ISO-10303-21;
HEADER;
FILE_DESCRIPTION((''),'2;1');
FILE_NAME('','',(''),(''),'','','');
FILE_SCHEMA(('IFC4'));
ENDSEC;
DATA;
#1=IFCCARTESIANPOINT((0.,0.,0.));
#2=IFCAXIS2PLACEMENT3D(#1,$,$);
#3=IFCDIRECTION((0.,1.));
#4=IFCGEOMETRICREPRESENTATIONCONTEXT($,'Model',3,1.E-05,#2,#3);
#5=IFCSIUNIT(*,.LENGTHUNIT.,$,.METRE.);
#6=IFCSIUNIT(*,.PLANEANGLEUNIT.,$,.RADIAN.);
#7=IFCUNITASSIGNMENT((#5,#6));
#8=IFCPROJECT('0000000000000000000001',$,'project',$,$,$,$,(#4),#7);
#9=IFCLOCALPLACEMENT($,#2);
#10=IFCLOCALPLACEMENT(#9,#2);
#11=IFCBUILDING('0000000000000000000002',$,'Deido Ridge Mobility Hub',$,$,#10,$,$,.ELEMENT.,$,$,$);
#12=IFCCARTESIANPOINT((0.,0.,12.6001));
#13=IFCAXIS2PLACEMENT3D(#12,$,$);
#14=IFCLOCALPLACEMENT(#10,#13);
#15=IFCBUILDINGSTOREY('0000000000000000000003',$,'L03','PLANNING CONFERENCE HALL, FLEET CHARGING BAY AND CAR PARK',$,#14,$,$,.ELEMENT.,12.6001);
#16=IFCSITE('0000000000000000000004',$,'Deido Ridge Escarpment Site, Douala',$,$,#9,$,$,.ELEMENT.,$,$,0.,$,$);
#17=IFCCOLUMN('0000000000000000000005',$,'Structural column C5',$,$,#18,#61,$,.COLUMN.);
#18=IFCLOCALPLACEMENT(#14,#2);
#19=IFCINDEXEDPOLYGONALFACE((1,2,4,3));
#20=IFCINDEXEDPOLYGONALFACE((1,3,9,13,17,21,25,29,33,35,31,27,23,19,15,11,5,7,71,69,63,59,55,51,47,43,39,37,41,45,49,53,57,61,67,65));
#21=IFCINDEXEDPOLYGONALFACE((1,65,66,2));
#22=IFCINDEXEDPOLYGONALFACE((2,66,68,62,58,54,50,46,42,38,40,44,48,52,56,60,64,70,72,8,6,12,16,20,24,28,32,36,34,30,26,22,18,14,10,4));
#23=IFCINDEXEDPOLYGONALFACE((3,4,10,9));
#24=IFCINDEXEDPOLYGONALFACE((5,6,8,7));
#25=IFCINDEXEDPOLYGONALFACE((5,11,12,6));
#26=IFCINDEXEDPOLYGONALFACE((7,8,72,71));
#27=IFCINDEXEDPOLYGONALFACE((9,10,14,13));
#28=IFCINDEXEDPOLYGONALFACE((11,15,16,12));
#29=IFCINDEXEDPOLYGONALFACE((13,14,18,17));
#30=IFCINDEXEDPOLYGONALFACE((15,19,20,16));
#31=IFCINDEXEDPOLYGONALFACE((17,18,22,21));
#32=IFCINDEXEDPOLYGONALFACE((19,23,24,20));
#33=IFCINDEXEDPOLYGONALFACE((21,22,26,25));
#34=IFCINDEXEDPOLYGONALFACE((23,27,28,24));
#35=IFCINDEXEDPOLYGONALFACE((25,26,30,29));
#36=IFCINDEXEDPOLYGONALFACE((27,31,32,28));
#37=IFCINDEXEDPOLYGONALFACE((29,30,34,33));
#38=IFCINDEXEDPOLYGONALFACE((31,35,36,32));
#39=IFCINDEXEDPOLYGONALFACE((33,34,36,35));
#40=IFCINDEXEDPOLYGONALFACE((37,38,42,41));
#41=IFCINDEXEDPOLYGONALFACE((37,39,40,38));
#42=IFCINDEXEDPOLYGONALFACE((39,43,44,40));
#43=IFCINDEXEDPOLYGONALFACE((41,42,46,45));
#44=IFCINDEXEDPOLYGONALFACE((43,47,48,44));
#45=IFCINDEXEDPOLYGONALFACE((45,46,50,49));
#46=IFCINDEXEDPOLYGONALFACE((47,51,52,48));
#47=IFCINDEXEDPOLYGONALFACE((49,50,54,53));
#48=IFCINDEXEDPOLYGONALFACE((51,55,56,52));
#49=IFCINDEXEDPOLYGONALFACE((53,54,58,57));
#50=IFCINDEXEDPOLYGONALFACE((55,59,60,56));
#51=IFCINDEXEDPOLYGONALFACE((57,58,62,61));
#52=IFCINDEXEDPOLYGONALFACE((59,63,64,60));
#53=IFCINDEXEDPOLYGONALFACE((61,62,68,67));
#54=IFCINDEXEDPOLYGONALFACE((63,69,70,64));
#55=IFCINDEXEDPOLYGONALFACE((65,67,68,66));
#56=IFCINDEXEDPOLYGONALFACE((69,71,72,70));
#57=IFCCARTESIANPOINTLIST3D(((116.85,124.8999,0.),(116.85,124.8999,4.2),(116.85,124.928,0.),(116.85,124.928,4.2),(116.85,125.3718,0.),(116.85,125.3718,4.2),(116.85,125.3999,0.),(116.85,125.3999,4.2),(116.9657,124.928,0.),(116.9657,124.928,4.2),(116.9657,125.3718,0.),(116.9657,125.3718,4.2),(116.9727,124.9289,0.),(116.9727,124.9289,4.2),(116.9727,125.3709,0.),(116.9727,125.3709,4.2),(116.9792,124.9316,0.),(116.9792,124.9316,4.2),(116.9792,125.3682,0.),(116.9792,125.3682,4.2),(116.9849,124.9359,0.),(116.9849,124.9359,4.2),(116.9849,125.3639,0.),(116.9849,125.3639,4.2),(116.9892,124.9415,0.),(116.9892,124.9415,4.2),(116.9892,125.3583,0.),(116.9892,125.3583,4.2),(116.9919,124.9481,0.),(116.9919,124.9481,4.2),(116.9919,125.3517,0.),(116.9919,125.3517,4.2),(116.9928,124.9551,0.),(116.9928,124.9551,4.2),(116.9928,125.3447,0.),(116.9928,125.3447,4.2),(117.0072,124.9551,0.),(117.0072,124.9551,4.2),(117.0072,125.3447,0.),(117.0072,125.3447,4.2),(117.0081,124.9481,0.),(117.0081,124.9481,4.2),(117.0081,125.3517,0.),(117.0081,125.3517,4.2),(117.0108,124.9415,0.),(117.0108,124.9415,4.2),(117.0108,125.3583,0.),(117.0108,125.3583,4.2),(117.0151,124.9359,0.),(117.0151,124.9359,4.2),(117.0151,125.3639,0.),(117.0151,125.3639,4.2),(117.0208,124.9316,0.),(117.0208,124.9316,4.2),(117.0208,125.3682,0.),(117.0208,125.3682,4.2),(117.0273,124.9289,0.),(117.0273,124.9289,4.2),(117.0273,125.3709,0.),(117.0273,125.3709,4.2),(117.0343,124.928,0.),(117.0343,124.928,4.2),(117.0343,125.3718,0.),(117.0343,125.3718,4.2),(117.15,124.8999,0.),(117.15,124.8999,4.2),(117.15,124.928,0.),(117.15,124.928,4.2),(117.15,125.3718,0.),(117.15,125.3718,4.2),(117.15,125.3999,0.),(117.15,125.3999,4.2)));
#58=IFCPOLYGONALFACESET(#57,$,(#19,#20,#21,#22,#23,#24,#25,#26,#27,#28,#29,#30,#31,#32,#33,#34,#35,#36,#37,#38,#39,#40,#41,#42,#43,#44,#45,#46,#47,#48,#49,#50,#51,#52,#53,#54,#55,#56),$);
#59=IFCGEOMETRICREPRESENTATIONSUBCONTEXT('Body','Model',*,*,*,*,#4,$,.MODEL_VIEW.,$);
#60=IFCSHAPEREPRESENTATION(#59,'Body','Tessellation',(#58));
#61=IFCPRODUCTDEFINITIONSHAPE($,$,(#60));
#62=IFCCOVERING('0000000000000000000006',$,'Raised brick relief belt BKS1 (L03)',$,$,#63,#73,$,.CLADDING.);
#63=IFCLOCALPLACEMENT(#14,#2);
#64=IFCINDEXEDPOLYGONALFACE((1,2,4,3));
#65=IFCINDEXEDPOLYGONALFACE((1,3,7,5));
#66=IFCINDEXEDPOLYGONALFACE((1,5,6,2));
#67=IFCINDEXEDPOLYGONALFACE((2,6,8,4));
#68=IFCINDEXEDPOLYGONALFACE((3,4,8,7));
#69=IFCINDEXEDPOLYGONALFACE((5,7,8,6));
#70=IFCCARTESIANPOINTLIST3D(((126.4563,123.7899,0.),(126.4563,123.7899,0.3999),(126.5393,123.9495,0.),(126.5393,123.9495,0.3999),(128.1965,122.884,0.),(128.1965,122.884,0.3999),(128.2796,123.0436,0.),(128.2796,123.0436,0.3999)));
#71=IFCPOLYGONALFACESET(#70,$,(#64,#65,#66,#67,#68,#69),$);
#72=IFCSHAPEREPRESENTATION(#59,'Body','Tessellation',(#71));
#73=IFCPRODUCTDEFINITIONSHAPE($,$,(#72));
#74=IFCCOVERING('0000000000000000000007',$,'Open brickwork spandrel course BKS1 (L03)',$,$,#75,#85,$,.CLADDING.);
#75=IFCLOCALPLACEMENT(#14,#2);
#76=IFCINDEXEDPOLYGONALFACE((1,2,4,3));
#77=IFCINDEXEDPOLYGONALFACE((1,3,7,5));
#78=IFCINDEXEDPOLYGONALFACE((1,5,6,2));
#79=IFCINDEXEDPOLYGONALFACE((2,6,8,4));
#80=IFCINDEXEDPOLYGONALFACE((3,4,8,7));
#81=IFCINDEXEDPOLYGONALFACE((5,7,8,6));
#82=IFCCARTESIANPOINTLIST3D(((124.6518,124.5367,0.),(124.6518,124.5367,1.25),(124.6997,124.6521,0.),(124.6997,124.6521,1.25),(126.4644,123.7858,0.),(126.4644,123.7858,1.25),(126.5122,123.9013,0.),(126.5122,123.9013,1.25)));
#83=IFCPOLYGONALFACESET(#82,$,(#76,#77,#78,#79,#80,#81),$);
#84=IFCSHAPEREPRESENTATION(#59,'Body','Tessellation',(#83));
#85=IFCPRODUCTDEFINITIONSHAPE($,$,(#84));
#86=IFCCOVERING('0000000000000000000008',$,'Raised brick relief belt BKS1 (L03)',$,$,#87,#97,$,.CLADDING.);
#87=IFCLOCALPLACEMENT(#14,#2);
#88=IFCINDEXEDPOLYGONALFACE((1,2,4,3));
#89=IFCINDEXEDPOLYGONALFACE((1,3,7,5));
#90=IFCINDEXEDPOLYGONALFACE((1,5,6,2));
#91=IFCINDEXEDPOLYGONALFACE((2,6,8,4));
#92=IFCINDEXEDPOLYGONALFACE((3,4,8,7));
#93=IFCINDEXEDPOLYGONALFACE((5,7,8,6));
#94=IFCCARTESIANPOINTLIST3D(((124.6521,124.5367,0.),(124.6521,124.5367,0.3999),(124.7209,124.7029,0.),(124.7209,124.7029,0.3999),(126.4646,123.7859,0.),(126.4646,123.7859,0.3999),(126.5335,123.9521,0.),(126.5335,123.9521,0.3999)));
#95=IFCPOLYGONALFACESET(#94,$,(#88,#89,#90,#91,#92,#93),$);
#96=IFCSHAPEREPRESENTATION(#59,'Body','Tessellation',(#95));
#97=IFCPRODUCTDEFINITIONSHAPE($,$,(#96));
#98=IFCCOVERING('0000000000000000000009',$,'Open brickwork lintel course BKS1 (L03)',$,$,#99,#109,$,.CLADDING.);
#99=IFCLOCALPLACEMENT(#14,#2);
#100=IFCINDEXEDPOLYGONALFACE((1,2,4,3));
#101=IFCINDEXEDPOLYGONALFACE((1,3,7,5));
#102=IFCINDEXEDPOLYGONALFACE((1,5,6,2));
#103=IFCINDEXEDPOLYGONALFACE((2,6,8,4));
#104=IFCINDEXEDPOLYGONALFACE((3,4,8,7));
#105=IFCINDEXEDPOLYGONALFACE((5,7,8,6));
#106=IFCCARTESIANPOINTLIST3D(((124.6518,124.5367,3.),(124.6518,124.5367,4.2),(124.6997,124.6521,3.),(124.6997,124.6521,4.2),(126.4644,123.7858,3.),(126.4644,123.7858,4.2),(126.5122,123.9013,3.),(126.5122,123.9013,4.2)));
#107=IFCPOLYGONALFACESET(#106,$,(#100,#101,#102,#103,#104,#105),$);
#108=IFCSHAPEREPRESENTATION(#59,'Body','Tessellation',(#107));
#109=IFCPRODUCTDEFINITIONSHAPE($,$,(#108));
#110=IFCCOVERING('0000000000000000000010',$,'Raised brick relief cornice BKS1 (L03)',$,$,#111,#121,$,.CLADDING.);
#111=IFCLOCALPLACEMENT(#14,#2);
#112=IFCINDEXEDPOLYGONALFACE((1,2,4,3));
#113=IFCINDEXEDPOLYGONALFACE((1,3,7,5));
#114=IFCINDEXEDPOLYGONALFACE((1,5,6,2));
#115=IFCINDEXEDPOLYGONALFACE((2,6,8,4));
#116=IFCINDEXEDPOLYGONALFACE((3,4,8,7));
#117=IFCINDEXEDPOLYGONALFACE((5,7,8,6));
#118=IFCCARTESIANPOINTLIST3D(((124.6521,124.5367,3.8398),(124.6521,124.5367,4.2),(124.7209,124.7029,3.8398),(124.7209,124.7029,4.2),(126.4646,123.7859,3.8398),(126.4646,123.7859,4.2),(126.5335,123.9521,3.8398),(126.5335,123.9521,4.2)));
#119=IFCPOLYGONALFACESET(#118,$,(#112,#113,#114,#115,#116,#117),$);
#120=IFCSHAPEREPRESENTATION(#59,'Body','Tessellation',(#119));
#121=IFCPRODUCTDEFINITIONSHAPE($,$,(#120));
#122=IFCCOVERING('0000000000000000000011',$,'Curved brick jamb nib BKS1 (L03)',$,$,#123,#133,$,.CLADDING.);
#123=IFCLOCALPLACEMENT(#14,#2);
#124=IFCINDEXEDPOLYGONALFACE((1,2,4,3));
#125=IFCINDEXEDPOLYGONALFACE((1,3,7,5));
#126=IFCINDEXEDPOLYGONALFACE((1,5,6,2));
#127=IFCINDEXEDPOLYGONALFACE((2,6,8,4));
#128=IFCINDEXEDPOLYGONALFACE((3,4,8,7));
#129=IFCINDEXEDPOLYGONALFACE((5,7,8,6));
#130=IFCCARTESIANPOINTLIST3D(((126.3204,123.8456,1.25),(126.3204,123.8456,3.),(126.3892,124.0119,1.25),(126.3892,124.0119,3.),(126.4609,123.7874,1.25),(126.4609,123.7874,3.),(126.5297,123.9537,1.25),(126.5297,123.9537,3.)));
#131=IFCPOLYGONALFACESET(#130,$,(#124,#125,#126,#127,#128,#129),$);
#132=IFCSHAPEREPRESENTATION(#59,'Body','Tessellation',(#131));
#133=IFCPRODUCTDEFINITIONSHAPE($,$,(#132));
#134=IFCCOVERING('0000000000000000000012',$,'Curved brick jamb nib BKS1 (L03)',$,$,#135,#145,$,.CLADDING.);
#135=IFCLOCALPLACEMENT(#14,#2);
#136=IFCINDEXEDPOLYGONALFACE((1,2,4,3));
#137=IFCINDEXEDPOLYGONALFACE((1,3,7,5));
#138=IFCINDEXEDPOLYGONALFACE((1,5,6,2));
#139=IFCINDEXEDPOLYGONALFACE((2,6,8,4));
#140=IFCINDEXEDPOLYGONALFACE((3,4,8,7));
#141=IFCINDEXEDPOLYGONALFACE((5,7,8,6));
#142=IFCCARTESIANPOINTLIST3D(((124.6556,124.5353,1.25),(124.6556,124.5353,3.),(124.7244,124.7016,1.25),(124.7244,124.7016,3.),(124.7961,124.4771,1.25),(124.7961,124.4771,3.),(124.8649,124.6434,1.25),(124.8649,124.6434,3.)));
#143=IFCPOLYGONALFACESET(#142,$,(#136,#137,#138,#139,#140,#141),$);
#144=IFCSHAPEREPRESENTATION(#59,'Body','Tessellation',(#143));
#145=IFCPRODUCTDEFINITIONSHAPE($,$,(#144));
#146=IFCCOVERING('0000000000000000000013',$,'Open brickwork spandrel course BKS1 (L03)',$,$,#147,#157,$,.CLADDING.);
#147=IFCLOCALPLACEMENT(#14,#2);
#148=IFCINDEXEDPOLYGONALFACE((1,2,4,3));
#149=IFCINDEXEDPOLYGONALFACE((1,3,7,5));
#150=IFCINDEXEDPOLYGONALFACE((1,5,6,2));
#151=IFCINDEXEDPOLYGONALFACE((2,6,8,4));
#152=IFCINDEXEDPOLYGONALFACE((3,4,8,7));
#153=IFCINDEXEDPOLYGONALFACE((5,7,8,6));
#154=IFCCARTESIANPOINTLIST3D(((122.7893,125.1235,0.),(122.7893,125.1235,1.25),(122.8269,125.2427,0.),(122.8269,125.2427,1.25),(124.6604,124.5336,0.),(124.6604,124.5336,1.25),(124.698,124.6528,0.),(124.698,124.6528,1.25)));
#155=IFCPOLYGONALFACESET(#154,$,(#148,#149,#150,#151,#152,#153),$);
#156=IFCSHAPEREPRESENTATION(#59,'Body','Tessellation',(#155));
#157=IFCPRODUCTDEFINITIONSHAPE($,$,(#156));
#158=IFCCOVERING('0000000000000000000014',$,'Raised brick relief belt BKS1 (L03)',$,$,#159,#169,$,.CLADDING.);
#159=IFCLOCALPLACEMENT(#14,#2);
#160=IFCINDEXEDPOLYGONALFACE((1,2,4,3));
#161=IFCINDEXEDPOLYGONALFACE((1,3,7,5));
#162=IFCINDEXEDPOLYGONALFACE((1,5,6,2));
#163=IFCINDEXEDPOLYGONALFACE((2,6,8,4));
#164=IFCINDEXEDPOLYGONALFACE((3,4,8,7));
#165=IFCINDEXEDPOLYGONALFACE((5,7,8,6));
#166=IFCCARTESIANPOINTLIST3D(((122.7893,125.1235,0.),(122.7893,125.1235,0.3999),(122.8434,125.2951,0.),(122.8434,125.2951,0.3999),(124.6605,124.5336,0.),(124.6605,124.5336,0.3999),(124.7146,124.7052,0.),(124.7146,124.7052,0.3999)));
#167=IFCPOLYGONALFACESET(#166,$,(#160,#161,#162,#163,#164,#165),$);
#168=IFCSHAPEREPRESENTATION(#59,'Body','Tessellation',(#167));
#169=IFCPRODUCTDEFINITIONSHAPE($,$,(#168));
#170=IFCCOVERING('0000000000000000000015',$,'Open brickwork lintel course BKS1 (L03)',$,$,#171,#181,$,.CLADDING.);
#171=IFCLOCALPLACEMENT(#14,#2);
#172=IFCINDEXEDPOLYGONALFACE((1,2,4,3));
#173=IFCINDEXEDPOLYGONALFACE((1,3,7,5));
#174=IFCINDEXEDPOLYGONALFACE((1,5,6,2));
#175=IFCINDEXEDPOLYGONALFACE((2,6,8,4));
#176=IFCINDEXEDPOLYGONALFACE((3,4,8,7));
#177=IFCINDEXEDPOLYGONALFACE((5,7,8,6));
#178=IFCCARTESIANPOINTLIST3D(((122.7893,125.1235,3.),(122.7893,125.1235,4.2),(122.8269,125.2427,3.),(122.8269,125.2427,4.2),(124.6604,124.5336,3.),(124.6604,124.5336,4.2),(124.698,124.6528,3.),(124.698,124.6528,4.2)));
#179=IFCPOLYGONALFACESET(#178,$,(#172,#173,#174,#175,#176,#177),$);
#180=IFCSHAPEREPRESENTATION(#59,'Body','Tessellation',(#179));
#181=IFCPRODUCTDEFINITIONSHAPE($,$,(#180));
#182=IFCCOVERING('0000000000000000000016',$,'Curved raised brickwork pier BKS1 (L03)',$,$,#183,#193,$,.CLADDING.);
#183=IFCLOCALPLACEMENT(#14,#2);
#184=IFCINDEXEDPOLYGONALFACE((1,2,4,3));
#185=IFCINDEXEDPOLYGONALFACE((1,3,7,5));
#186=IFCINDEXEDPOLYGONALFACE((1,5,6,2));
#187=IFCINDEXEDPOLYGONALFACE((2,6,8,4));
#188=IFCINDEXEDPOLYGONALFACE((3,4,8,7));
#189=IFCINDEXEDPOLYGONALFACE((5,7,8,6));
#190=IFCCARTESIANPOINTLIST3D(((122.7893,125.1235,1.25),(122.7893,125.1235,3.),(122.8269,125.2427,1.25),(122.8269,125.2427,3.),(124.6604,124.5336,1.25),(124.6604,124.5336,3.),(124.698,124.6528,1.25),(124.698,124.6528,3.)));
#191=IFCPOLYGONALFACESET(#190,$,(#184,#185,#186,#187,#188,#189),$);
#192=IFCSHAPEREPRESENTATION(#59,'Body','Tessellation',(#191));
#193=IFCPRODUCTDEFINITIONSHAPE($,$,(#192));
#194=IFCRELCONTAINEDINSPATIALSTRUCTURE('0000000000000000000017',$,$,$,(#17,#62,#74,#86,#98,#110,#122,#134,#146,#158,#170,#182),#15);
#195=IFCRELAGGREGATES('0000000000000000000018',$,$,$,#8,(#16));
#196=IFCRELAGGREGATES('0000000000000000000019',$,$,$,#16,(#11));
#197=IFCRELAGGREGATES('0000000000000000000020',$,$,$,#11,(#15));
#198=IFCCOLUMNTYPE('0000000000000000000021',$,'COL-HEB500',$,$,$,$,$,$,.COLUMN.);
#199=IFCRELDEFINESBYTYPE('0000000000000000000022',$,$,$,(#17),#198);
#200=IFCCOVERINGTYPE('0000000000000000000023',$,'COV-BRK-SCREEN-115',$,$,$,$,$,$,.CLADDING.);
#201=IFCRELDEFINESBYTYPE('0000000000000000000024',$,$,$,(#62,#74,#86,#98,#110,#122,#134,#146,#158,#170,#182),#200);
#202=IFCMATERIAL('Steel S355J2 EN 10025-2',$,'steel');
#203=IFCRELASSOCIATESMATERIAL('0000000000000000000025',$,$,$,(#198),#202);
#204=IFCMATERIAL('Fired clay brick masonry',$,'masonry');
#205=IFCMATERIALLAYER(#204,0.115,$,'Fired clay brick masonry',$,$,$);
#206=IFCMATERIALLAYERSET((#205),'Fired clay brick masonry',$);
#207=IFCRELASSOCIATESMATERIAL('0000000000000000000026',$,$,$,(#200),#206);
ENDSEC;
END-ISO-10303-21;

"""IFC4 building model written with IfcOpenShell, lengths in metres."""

from ifc_helpers import new_model, si_unit, direction, frame, origin, origin_2d, place, context, subcontext, project, spatial, rectangle, i_section, extrude, material, layer, layer_set, material_profile, profile_set, type_object, element, save


model = new_model("IFC4")

# Units and contexts
model_context = context("Model", 3, precision=1e-05, world=origin(), true_north=direction((0.0, 1.0)))
body_context = subcontext(model_context, "Body", "Model", "MODEL_VIEW")
ifc_project = project(units=[si_unit("LENGTHUNIT", "METRE"), si_unit("PLANEANGLEUNIT", "RADIAN")], contexts=[model_context])

# Site, building, storey
site_placement = place(None, origin())
site = spatial("IfcSite", under=ifc_project, at=site_placement, Name="Deido Ridge Escarpment Site, Douala", CompositionType="ELEMENT", RefElevation=0.0)
building_placement = place(site_placement, origin())
building = spatial("IfcBuilding", under=site, at=building_placement, Name="Deido Ridge Mobility Hub", CompositionType="ELEMENT")
storey_placement = place(building_placement, frame((0.0, 0.0, 12.6001)))
storey = spatial("IfcBuildingStorey", under=building, at=storey_placement, Name="L03", Description="PLANNING CONFERENCE HALL, FLEET CHARGING BAY AND CAR PARK", CompositionType="ELEMENT", Elevation=12.6001)

# Column
ifc_material_1 = material(Name="Steel S355J2 EN 10025-2", Category="steel")
ifc_material_profile = material_profile(ifc_material_1, i_section(OverallWidth=0.3, OverallDepth=0.5, WebThickness=0.0144, FlangeThickness=0.0281, FilletRadius=0.0271, at=origin_2d()), Name="HEB 500")
ifc_profile_set = profile_set([ifc_material_profile], Name="Steel S355J2 EN 10025-2")
column_type = type_object("IfcColumnType", Name="COL-HEB500", PredefinedType="COLUMN", material=ifc_profile_set)
column_placement = place(storey_placement, frame((117.0, 125.1499, 0.0), z_axis=(0.0, 0.0, 1.0), x_axis=(1.0, 0.0, 0.0)))
element("IfcColumn", 1, at=column_placement, inside=storey, type_object=column_type, Name="Structural column C5", PredefinedType="COLUMN", context=body_context, shape_type="SweptSolid", body=[
    extrude(i_section(OverallWidth=0.3, OverallDepth=0.5, WebThickness=0.0144, FlangeThickness=0.0281, FilletRadius=0.0271, at=origin_2d()), origin(), (0.0, 0.0, 1.0), 4.2),
])

# Coverings
ifc_material_2 = material(Name="Fired clay brick masonry", Category="masonry")
ifc_layer = layer(ifc_material_2, 0.115, Name="Fired clay brick masonry")
ifc_layer_set = layer_set([ifc_layer], Name="Fired clay brick masonry")
covering_type = type_object("IfcCoveringType", Name="COV-BRK-SCREEN-115", PredefinedType="CLADDING", material=ifc_layer_set)
covering_1_placement = place(storey_placement, frame((127.3679, 123.4167, 0.0), z_axis=(0.0, 0.0, 1.0), x_axis=(-0.887019, 0.461733, 0.0)))
element("IfcCovering", 2, at=covering_1_placement, inside=storey, type_object=covering_type, Name="Raised brick relief belt BKS1 (L03)", PredefinedType="CLADDING", context=body_context, shape_type="SweptSolid", body=[
    extrude(rectangle(XDim=1.9619, YDim=0.1799, at=origin_2d()), origin(), (0.0, 0.0, 1.0), 0.3999),
])
covering_2_placement = place(storey_placement, frame((125.582, 124.219, 0.0), z_axis=(0.0, 0.0, 1.0), x_axis=(-0.923873, 0.3827, 0.0)))
element("IfcCovering", 3, at=covering_2_placement, inside=storey, type_object=covering_type, Name="Open brickwork spandrel course BKS1 (L03)", PredefinedType="CLADDING", context=body_context, shape_type="SweptSolid", body=[
    extrude(rectangle(XDim=1.9619, YDim=0.125, at=origin_2d()), origin(), (0.0, 0.0, 1.0), 1.25),
])
covering_3_placement = place(storey_placement, frame((125.5928, 124.2444, 0.0), z_axis=(0.0, 0.0, 1.0), x_axis=(-0.923873, 0.3827, 0.0)))
element("IfcCovering", 4, at=covering_3_placement, inside=storey, type_object=covering_type, Name="Raised brick relief belt BKS1 (L03)", PredefinedType="CLADDING", context=body_context, shape_type="SweptSolid", body=[
    extrude(rectangle(XDim=1.9619, YDim=0.1799, at=origin_2d()), origin(), (0.0, 0.0, 1.0), 0.3999),
])
covering_4_placement = place(storey_placement, frame((125.582, 124.219, 3.0), z_axis=(0.0, 0.0, 1.0), x_axis=(-0.923873, 0.3827, 0.0)))
element("IfcCovering", 5, at=covering_4_placement, inside=storey, type_object=covering_type, Name="Open brickwork lintel course BKS1 (L03)", PredefinedType="CLADDING", context=body_context, shape_type="SweptSolid", body=[
    extrude(rectangle(XDim=1.9619, YDim=0.125, at=origin_2d()), origin(), (0.0, 0.0, 1.0), 1.2),
])
covering_5_placement = place(storey_placement, frame((125.5928, 124.2444, 3.8398), z_axis=(0.0, 0.0, 1.0), x_axis=(-0.923873, 0.3827, 0.0)))
element("IfcCovering", 6, at=covering_5_placement, inside=storey, type_object=covering_type, Name="Raised brick relief cornice BKS1 (L03)", PredefinedType="CLADDING", context=body_context, shape_type="SweptSolid", body=[
    extrude(rectangle(XDim=1.9619, YDim=0.1799, at=origin_2d()), origin(), (0.0, 0.0, 1.0), 0.3601),
])
for number, where, z_axis, x_axis, name in (
    (7, (126.425, 123.8997, 1.25), (0.0, 0.0, 1.0), (-0.923873, 0.3827, 0.0), "Curved brick jamb nib BKS1 (L03)"),
    (8, (124.7603, 124.5894, 1.25), (0.0, 0.0, 1.0), (-0.923873, 0.3827, 0.0), "Curved brick jamb nib BKS1 (L03)"),
):
    element("IfcCovering", number, at=place(storey_placement, frame(where, z_axis=z_axis, x_axis=x_axis)), inside=storey, type_object=covering_type, Name=name, PredefinedType="CLADDING", context=body_context, shape_type="SweptSolid", body=[
        extrude(rectangle(XDim=0.1521, YDim=0.1799, at=origin_2d()), origin(), (0.0, 0.0, 1.0), 1.75),
    ])
covering_6_placement = place(storey_placement, frame((123.7437, 124.8882, 0.0), z_axis=(0.0, 0.0, 1.0), x_axis=(-0.953727, 0.300673, 0.0)))
element("IfcCovering", 9, at=covering_6_placement, inside=storey, type_object=covering_type, Name="Open brickwork spandrel course BKS1 (L03)", PredefinedType="CLADDING", context=body_context, shape_type="SweptSolid", body=[
    extrude(rectangle(XDim=1.9619, YDim=0.125, at=origin_2d()), origin(), (0.0, 0.0, 1.0), 1.25),
])
covering_7_placement = place(storey_placement, frame((123.752, 124.9143, 0.0), z_axis=(0.0, 0.0, 1.0), x_axis=(-0.953727, 0.300673, 0.0)))
element("IfcCovering", 10, at=covering_7_placement, inside=storey, type_object=covering_type, Name="Raised brick relief belt BKS1 (L03)", PredefinedType="CLADDING", context=body_context, shape_type="SweptSolid", body=[
    extrude(rectangle(XDim=1.9619, YDim=0.1799, at=origin_2d()), origin(), (0.0, 0.0, 1.0), 0.3999),
])
covering_8_placement = place(storey_placement, frame((123.7437, 124.8882, 3.0), z_axis=(0.0, 0.0, 1.0), x_axis=(-0.953727, 0.300673, 0.0)))
element("IfcCovering", 11, at=covering_8_placement, inside=storey, type_object=covering_type, Name="Open brickwork lintel course BKS1 (L03)", PredefinedType="CLADDING", context=body_context, shape_type="SweptSolid", body=[
    extrude(rectangle(XDim=1.9619, YDim=0.125, at=origin_2d()), origin(), (0.0, 0.0, 1.0), 1.2),
])
covering_9_placement = place(storey_placement, frame((123.7437, 124.8882, 1.25), z_axis=(0.0, 0.0, 1.0), x_axis=(-0.953727, 0.300673, 0.0)))
element("IfcCovering", 12, at=covering_9_placement, inside=storey, type_object=covering_type, Name="Curved raised brickwork pier BKS1 (L03)", PredefinedType="CLADDING", context=body_context, shape_type="SweptSolid", body=[
    extrude(rectangle(XDim=1.9619, YDim=0.125, at=origin_2d()), origin(), (0.0, 0.0, 1.0), 1.75),
])

save(model, "model.ifc")
